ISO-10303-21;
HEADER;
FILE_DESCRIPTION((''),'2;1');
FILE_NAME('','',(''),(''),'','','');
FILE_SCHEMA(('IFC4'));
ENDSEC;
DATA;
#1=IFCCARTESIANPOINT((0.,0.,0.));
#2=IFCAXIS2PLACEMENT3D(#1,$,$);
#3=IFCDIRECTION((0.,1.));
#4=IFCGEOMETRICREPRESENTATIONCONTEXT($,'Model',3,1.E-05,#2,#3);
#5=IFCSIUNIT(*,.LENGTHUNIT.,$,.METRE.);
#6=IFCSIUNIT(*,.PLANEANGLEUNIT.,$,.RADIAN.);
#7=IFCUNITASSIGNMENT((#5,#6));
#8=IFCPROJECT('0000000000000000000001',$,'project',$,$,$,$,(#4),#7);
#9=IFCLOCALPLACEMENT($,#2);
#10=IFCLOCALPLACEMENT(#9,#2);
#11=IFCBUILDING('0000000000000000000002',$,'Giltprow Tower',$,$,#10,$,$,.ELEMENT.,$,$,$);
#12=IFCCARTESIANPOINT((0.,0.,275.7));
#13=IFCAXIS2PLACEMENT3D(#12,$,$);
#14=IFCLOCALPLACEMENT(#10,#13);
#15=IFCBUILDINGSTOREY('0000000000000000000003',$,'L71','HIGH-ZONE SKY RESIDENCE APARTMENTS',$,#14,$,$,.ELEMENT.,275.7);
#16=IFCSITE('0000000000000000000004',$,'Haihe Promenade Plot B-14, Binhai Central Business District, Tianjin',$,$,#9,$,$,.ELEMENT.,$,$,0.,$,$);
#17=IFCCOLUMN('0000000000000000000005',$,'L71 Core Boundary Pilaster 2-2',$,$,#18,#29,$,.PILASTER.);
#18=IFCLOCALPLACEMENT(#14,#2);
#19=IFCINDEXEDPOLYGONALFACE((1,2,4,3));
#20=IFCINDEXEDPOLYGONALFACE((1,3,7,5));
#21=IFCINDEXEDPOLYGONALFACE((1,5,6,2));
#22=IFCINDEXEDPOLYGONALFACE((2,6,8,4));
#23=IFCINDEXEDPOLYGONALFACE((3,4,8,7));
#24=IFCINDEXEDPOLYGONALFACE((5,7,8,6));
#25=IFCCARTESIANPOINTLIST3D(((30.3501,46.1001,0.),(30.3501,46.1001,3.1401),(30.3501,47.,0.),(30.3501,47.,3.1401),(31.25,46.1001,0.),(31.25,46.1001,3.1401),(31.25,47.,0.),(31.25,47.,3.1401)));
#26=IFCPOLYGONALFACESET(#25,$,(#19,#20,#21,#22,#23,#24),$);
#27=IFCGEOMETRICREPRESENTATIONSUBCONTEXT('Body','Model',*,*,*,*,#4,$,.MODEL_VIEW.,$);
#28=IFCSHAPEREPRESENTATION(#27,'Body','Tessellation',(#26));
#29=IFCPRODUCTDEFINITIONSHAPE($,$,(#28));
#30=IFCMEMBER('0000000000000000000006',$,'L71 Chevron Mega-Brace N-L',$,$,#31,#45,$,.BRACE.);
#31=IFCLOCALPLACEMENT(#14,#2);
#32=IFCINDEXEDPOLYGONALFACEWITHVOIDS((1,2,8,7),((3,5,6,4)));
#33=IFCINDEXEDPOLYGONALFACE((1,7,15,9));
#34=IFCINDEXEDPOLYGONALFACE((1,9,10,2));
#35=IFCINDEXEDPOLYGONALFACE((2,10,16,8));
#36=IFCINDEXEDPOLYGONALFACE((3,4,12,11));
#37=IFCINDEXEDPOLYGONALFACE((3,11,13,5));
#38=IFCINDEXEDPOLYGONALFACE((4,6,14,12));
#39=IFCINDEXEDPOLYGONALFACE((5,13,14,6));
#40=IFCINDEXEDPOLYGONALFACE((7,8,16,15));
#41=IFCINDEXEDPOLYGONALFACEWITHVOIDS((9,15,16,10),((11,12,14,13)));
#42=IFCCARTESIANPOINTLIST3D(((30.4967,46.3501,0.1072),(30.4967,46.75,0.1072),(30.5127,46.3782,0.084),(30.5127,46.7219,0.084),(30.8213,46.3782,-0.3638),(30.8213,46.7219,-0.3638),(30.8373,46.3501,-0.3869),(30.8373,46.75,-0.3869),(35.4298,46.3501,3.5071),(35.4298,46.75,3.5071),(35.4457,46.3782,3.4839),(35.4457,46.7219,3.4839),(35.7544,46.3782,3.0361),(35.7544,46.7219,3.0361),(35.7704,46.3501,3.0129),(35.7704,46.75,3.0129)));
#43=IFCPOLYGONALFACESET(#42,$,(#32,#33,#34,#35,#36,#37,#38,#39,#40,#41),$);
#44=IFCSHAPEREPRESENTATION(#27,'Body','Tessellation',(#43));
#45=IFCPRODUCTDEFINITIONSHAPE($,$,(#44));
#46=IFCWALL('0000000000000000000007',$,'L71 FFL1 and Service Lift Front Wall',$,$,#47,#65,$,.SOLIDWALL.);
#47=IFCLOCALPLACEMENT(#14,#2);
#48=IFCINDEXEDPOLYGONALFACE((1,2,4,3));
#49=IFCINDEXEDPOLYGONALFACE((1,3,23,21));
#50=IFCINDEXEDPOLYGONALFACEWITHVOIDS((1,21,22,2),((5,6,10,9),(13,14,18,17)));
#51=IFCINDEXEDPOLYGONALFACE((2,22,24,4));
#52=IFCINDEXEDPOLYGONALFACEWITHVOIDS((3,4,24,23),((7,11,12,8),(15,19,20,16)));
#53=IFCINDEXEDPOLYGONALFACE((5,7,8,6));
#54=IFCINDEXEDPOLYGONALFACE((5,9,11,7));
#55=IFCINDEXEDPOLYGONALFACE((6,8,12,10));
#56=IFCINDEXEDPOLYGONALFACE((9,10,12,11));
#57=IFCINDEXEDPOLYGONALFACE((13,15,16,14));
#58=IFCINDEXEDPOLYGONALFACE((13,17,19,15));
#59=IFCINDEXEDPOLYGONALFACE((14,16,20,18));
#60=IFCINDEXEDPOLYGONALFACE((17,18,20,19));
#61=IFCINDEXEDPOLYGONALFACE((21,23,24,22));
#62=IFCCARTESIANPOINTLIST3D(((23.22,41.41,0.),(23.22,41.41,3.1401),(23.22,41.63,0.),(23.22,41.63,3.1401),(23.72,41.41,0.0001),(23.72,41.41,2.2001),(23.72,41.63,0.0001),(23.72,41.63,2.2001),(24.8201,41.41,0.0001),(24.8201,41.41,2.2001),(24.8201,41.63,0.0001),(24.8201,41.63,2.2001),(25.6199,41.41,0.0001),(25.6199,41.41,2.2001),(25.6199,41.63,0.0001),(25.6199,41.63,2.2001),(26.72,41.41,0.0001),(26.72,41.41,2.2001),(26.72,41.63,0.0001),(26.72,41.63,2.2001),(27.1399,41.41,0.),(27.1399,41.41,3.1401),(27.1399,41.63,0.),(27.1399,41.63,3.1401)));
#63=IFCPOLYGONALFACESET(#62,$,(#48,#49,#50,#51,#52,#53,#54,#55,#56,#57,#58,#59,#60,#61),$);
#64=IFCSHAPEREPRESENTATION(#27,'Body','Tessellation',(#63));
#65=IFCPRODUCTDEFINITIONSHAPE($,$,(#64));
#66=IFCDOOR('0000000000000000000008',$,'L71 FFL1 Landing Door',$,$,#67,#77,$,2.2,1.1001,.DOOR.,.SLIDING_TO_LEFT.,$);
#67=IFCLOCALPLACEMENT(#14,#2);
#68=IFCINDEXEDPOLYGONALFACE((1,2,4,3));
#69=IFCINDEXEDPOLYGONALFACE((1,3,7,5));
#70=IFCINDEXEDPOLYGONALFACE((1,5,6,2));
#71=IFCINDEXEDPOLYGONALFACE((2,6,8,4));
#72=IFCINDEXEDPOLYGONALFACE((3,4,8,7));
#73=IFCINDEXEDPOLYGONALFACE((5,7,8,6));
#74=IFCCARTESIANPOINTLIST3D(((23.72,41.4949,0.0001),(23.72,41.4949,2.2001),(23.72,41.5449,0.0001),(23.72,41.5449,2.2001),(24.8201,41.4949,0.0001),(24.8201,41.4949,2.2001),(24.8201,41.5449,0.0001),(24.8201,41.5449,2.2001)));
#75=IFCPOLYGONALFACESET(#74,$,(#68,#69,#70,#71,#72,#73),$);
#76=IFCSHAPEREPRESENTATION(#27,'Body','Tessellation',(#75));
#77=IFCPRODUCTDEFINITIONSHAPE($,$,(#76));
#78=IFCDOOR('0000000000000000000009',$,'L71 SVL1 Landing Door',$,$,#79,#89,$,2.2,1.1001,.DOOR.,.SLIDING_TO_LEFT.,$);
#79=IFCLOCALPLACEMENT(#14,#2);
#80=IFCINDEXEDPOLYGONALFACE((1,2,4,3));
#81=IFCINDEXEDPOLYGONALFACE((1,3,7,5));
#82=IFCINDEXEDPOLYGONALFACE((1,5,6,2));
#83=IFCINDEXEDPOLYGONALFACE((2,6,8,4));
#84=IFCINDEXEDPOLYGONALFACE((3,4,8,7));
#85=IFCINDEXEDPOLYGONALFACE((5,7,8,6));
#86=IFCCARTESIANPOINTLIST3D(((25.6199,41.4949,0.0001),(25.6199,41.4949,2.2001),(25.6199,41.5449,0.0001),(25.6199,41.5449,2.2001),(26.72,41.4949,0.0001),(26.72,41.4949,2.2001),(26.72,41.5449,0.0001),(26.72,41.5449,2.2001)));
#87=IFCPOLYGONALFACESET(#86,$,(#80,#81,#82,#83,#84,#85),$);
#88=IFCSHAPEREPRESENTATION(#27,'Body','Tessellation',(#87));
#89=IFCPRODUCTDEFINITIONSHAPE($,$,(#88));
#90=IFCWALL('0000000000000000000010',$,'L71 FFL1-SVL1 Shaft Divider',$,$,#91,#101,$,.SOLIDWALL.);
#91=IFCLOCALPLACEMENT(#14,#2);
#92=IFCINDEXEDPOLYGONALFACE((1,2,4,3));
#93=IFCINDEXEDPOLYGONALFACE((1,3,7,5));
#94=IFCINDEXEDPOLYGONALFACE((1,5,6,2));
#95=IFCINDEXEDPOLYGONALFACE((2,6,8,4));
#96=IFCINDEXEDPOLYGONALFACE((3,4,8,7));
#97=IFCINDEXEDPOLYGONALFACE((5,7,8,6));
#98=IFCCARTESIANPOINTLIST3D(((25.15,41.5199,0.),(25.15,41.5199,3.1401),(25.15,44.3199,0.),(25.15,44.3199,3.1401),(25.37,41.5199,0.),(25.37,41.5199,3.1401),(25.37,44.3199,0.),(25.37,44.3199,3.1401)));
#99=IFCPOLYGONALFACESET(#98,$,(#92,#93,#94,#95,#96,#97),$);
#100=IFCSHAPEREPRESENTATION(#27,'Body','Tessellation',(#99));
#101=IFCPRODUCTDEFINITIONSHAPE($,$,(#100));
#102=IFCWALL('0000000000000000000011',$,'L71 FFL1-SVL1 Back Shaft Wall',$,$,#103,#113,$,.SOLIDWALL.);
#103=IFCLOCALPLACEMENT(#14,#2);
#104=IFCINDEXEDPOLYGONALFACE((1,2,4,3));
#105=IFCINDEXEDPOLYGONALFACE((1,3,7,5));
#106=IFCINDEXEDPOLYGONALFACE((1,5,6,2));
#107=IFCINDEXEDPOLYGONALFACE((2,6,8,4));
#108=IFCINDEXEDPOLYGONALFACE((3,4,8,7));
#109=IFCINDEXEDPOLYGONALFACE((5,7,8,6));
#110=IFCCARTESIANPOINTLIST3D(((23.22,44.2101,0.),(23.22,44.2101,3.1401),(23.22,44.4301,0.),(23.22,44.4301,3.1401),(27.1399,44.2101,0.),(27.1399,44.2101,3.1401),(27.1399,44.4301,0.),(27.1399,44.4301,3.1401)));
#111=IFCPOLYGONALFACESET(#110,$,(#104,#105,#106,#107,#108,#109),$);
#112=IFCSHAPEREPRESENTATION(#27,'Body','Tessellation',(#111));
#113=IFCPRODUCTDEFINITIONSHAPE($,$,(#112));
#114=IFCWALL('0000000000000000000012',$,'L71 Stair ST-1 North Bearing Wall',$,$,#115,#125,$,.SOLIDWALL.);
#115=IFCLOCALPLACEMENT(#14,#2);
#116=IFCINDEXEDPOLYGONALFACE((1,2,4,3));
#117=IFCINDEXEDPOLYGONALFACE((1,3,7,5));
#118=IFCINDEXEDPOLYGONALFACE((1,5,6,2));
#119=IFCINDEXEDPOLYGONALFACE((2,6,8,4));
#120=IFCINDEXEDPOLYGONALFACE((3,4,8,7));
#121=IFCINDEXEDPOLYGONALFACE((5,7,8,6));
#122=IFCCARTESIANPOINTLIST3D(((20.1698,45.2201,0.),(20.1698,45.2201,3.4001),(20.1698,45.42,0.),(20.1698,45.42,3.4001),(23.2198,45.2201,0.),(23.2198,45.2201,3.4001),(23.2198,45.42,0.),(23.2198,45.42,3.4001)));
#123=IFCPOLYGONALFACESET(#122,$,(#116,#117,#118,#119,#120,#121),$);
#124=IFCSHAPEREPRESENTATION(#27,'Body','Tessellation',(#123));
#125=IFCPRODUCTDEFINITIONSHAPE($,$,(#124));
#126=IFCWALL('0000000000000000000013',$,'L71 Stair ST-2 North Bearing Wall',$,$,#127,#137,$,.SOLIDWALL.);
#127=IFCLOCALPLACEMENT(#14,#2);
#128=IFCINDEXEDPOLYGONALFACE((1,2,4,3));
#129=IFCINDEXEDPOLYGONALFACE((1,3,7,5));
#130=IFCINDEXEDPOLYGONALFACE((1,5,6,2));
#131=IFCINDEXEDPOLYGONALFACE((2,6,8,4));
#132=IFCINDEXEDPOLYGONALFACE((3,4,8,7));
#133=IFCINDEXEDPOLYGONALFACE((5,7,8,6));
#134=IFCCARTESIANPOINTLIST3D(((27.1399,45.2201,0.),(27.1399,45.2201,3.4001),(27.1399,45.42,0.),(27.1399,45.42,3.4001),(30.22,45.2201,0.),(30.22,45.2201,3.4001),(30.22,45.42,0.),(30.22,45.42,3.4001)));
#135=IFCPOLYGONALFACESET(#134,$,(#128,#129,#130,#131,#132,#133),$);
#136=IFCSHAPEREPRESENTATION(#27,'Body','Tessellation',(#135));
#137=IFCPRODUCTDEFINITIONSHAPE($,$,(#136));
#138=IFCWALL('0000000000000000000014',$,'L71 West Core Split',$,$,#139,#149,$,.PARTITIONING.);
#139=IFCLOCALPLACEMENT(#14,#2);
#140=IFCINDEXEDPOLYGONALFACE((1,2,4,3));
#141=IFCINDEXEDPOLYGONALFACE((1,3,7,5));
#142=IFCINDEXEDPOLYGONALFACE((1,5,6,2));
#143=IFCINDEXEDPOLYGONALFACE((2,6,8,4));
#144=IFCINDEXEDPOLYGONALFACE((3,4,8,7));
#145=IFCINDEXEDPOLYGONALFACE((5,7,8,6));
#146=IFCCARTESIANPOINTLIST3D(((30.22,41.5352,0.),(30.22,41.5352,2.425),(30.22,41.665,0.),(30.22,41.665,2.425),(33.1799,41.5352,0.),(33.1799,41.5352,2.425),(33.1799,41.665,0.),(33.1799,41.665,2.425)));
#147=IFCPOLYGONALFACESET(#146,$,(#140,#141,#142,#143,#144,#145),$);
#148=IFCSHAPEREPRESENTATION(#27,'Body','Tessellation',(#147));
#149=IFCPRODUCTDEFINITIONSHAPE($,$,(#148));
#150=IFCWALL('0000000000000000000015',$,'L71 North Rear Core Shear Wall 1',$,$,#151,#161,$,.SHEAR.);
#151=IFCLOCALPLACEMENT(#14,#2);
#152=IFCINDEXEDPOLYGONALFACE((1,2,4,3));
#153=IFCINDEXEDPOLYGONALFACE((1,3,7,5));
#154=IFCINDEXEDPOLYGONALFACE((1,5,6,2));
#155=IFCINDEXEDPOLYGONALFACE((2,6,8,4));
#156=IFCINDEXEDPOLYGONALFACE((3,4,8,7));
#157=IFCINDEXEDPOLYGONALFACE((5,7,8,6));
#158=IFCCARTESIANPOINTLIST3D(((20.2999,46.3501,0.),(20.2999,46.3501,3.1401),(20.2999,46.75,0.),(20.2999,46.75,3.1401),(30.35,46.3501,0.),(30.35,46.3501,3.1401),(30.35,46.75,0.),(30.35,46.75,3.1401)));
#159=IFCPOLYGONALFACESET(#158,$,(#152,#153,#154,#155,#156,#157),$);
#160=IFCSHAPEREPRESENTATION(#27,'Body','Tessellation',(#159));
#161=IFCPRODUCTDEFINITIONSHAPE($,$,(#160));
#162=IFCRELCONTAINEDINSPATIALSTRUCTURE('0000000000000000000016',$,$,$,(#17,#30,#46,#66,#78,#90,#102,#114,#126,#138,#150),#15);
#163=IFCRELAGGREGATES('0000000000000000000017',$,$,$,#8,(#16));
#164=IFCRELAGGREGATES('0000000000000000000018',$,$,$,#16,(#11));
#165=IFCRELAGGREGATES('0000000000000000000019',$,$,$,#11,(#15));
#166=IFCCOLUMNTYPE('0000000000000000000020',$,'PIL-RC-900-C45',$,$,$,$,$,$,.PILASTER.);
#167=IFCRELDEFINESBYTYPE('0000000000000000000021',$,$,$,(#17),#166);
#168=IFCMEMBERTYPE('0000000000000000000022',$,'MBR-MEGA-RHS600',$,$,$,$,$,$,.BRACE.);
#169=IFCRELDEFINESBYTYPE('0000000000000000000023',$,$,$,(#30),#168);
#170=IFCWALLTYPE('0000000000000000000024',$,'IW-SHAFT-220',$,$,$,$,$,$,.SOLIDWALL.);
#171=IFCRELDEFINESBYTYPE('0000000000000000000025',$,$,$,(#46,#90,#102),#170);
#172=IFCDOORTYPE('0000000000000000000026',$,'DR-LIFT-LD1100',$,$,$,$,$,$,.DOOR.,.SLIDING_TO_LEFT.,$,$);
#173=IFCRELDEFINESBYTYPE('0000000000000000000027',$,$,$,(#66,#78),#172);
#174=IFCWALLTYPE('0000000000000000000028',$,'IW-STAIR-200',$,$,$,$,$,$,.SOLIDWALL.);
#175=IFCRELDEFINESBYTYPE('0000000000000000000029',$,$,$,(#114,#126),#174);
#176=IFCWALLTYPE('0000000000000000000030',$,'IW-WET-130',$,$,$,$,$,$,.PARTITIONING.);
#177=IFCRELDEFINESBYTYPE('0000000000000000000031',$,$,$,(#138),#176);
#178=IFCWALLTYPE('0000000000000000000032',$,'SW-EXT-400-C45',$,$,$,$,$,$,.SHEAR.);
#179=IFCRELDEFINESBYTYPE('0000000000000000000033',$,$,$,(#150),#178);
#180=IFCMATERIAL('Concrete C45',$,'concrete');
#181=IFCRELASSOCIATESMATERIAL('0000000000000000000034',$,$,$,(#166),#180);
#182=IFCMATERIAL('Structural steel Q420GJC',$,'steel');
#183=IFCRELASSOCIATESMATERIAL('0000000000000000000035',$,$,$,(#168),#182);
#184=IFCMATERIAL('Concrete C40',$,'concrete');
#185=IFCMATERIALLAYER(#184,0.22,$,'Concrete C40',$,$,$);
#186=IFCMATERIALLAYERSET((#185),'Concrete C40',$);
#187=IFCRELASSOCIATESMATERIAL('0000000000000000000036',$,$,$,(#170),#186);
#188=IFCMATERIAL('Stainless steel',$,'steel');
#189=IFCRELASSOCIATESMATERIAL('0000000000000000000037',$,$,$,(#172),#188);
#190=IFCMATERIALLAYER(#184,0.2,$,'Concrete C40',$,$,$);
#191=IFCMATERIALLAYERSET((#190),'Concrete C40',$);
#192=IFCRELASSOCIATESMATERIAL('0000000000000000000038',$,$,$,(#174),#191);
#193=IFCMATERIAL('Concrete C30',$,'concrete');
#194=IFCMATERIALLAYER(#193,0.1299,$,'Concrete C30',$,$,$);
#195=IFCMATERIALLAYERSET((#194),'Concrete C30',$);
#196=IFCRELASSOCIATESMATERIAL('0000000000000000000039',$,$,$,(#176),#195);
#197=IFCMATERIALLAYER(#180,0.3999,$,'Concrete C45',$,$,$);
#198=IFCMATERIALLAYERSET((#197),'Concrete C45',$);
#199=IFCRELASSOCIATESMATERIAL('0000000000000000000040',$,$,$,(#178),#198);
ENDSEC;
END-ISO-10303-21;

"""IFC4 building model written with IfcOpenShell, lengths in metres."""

from ifc_helpers import new_model, si_unit, direction, frame, frame_2d, origin, origin_2d, place, context, subcontext, project, spatial, rectangle, hollow_rectangle, extrude, source, transform, mapped, material, layer, layer_set, material_profile, profile_set, type_object, element, fill, save


model = new_model("IFC4")

# Units and contexts
model_context = context("Model", 3, precision=1e-05, world=origin(), true_north=direction((0.0, 1.0)))
body_context = subcontext(model_context, "Body", "Model", "MODEL_VIEW")
ifc_project = project(units=[si_unit("LENGTHUNIT", "METRE"), si_unit("PLANEANGLEUNIT", "RADIAN")], contexts=[model_context])

# Site, building, storey
site_placement = place(None, origin())
site = spatial("IfcSite", under=ifc_project, at=site_placement, Name="Haihe Promenade Plot B-14, Binhai Central Business District, Tianjin", CompositionType="ELEMENT", RefElevation=0.0)
building_placement = place(site_placement, origin())
building = spatial("IfcBuilding", under=site, at=building_placement, Name="Giltprow Tower", CompositionType="ELEMENT")
storey_placement = place(building_placement, frame((0.0, 0.0, 275.7)))
storey = spatial("IfcBuildingStorey", under=building, at=storey_placement, Name="L71", Description="HIGH-ZONE SKY RESIDENCE APARTMENTS", CompositionType="ELEMENT", Elevation=275.7)

# Column
ifc_material_1 = material(Name="Concrete C45", Category="concrete")
ifc_material_profile_1 = material_profile(ifc_material_1, rectangle(XDim=0.8999, YDim=0.8999, at=origin_2d()), Name="RC 900x900")
ifc_profile_set_1 = profile_set([ifc_material_profile_1], Name="Concrete C45")
column_type = type_object("IfcColumnType", Name="PIL-RC-900-C45", PredefinedType="PILASTER", material=ifc_profile_set_1)
shared_shape_1 = source(origin(), body_context, "Body", "SweptSolid", [
    extrude(rectangle(XDim=0.8999, YDim=0.8999, at=origin_2d()), origin(), (0.0, 0.0, 1.0), 3.1401),
])
column_placement = place(storey_placement, frame((30.8, 46.55, 0.0), z_axis=(0.0, 0.0, 1.0), x_axis=(1.0, 0.0, 0.0)))
element("IfcColumn", 1, at=column_placement, inside=storey, type_object=column_type, Name="L71 Core Boundary Pilaster 2-2", PredefinedType="PILASTER", context=body_context, shape_type="MappedRepresentation", body=[
    mapped(shared_shape_1, transform((0.0, 0.0, 0.0), x_axis=(1.0, 0.0, 0.0), y_axis=(0.0, 1.0, 0.0), z_axis=(0.0, 0.0, 1.0), scale=1.0)),
])

# Member
ifc_material_2 = material(Name="Structural steel Q420GJC", Category="steel")
ifc_material_profile_2 = material_profile(ifc_material_2, hollow_rectangle(XDim=0.3999, YDim=0.6001, WallThickness=0.0281, at=origin_2d()), Name="RHS 600x400x28")
ifc_profile_set_2 = profile_set([ifc_material_profile_2], Name="Structural steel Q420GJC")
member_type = type_object("IfcMemberType", Name="MBR-MEGA-RHS600", PredefinedType="BRACE", material=ifc_profile_set_2)
shared_shape_2 = source(origin(), body_context, "Body", "SweptSolid", [
    extrude(hollow_rectangle(XDim=0.3999, YDim=0.6001, WallThickness=0.0281, at=origin_2d()), origin(), (0.0, 0.0, 1.0), 5.9912),
])
member_placement = place(storey_placement, frame((30.667, 46.55, -0.1399), z_axis=(0.823387, 0.0, 0.56748), x_axis=(0.0, 1.0, 0.0)))
element("IfcMember", 2, at=member_placement, inside=storey, type_object=member_type, Name="L71 Chevron Mega-Brace N-L", PredefinedType="BRACE", context=body_context, shape_type="MappedRepresentation", body=[
    mapped(shared_shape_2, transform((0.0, 0.0, 0.0), x_axis=(1.0, 0.0, 0.0), y_axis=(0.0, 1.0, 0.0), z_axis=(0.0, 0.0, 1.0), scale=1.0)),
])

# Wall, openings, doors
ifc_material_3 = material(Name="Concrete C40", Category="concrete")
ifc_layer_1 = layer(ifc_material_3, 0.22, Name="Concrete C40")
ifc_layer_set_1 = layer_set([ifc_layer_1], Name="Concrete C40")
wall_type_1 = type_object("IfcWallType", Name="IW-SHAFT-220", PredefinedType="SOLIDWALL", material=ifc_layer_set_1)
wall_1_placement = place(storey_placement, frame((23.22, 41.52, 0.0), z_axis=(0.0, 0.0, 1.0), x_axis=(1.0, 0.0, 0.0)))
wall_1 = element("IfcWall", 3, at=wall_1_placement, inside=storey, type_object=wall_type_1, Name="L71 FFL1 and Service Lift Front Wall", PredefinedType="SOLIDWALL", context=body_context, shape_type="SweptSolid", body=[
    extrude(rectangle(XDim=3.9199, YDim=0.22, at=frame_2d((1.96, 0.0))), origin(), (0.0, 0.0, 1.0), 3.1401),
])
opening_1_placement = place(wall_1_placement, frame((0.5, 0.0, 0.0)))
opening_1 = element("IfcOpeningElement", 4, at=opening_1_placement, cuts=wall_1, PredefinedType="OPENING", context=body_context, shape_type="SweptSolid", body=[
    extrude(rectangle(XDim=1.1001, YDim=2.2, at=frame_2d((0.55, 1.1001))), frame((0.0, 0.1199, 0.0), z_axis=(0.0, -1.0, 0.0), x_axis=(1.0, 0.0, 0.0)), (0.0, 0.0, 1.0), 0.24),
])
opening_2_placement = place(wall_1_placement, frame((2.3999, 0.0, 0.0)))
opening_2 = element("IfcOpeningElement", 5, at=opening_2_placement, cuts=wall_1, PredefinedType="OPENING", context=body_context, shape_type="SweptSolid", body=[
    extrude(rectangle(XDim=1.1001, YDim=2.2, at=frame_2d((0.55, 1.1001))), frame((0.0, 0.1199, 0.0), z_axis=(0.0, -1.0, 0.0), x_axis=(1.0, 0.0, 0.0)), (0.0, 0.0, 1.0), 0.24),
])
ifc_material_4 = material(Name="Stainless steel", Category="steel")
door_type = type_object("IfcDoorType", Name="DR-LIFT-LD1100", OperationType="SLIDING_TO_LEFT", PredefinedType="DOOR", material=ifc_material_4)
shared_shape_3 = source(origin(), body_context, "Body", "SweptSolid", [
    extrude(rectangle(XDim=1.1001, YDim=2.2, at=frame_2d((0.55, 1.1001))), frame((0.0, 0.0249, 0.0), z_axis=(0.0, -1.0, 0.0), x_axis=(1.0, 0.0, 0.0)), (0.0, 0.0, 1.0), 0.05),
])
door_1_placement = place(opening_1_placement, origin())
door_1 = element("IfcDoor", 6, at=door_1_placement, inside=storey, type_object=door_type, Name="L71 FFL1 Landing Door", OperationType="SLIDING_TO_LEFT", OverallHeight=2.2, OverallWidth=1.1001, PredefinedType="DOOR", context=body_context, shape_type="MappedRepresentation", body=[
    mapped(shared_shape_3, transform((0.0, 0.0, 0.0), x_axis=(1.0, 0.0, 0.0), y_axis=(0.0, 1.0, 0.0), z_axis=(0.0, 0.0, 1.0), scale=1.0)),
])
fill(opening_1, door_1)
door_2_placement = place(opening_2_placement, origin())
door_2 = element("IfcDoor", 7, at=door_2_placement, inside=storey, type_object=door_type, Name="L71 SVL1 Landing Door", OperationType="SLIDING_TO_LEFT", OverallHeight=2.2, OverallWidth=1.1001, PredefinedType="DOOR", context=body_context, shape_type="MappedRepresentation", body=[
    mapped(shared_shape_3, transform((0.0, 0.0, 0.0), x_axis=(1.0, 0.0, 0.0), y_axis=(0.0, 1.0, 0.0), z_axis=(0.0, 0.0, 1.0), scale=1.0)),
])
fill(opening_2, door_2)

# Walls
wall_2_placement = place(storey_placement, frame((25.26, 41.52, 0.0), z_axis=(0.0, 0.0, 1.0), x_axis=(0.0, 1.0, 0.0)))
element("IfcWall", 8, at=wall_2_placement, inside=storey, type_object=wall_type_1, Name="L71 FFL1-SVL1 Shaft Divider", PredefinedType="SOLIDWALL", context=body_context, shape_type="SweptSolid", body=[
    extrude(rectangle(XDim=2.8, YDim=0.22, at=frame_2d((1.3999, 0.0))), origin(), (0.0, 0.0, 1.0), 3.1401),
])
wall_3_placement = place(storey_placement, frame((23.22, 44.3201, 0.0), z_axis=(0.0, 0.0, 1.0), x_axis=(1.0, 0.0, 0.0)))
element("IfcWall", 9, at=wall_3_placement, inside=storey, type_object=wall_type_1, Name="L71 FFL1-SVL1 Back Shaft Wall", PredefinedType="SOLIDWALL", context=body_context, shape_type="SweptSolid", body=[
    extrude(rectangle(XDim=3.9199, YDim=0.22, at=frame_2d((1.96, 0.0))), origin(), (0.0, 0.0, 1.0), 3.1401),
])
ifc_layer_2 = layer(ifc_material_3, 0.2, Name="Concrete C40")
ifc_layer_set_2 = layer_set([ifc_layer_2], Name="Concrete C40")
wall_type_2 = type_object("IfcWallType", Name="IW-STAIR-200", PredefinedType="SOLIDWALL", material=ifc_layer_set_2)
wall_4_placement = place(storey_placement, frame((20.1699, 45.3201, 0.0), z_axis=(0.0, 0.0, 1.0), x_axis=(1.0, 0.0, 0.0)))
element("IfcWall", 10, at=wall_4_placement, inside=storey, type_object=wall_type_2, Name="L71 Stair ST-1 North Bearing Wall", PredefinedType="SOLIDWALL", context=body_context, shape_type="SweptSolid", body=[
    extrude(rectangle(XDim=3.05, YDim=0.2, at=frame_2d((1.5249, 0.0))), origin(), (0.0, 0.0, 1.0), 3.4001),
])
wall_5_placement = place(storey_placement, frame((27.1399, 45.3201, 0.0), z_axis=(0.0, 0.0, 1.0), x_axis=(1.0, 0.0, 0.0)))
element("IfcWall", 11, at=wall_5_placement, inside=storey, type_object=wall_type_2, Name="L71 Stair ST-2 North Bearing Wall", PredefinedType="SOLIDWALL", context=body_context, shape_type="SweptSolid", body=[
    extrude(rectangle(XDim=3.0801, YDim=0.2, at=frame_2d((1.54, 0.0))), origin(), (0.0, 0.0, 1.0), 3.4001),
])
ifc_material_5 = material(Name="Concrete C30", Category="concrete")
ifc_layer_3 = layer(ifc_material_5, 0.1299, Name="Concrete C30")
ifc_layer_set_3 = layer_set([ifc_layer_3], Name="Concrete C30")
wall_type_3 = type_object("IfcWallType", Name="IW-WET-130", PredefinedType="PARTITIONING", material=ifc_layer_set_3)
wall_6_placement = place(storey_placement, frame((30.22, 41.6001, 0.0), z_axis=(0.0, 0.0, 1.0), x_axis=(1.0, 0.0, 0.0)))
element("IfcWall", 12, at=wall_6_placement, inside=storey, type_object=wall_type_3, Name="L71 West Core Split", PredefinedType="PARTITIONING", context=body_context, shape_type="SweptSolid", body=[
    extrude(rectangle(XDim=2.96, YDim=0.1299, at=frame_2d((1.48, 0.0))), origin(), (0.0, 0.0, 1.0), 2.425),
])
ifc_layer_4 = layer(ifc_material_1, 0.3999, Name="Concrete C45")
ifc_layer_set_4 = layer_set([ifc_layer_4], Name="Concrete C45")
wall_type_4 = type_object("IfcWallType", Name="SW-EXT-400-C45", PredefinedType="SHEAR", material=ifc_layer_set_4)
wall_7_placement = place(storey_placement, frame((20.3, 46.55, 0.0), z_axis=(0.0, 0.0, 1.0), x_axis=(1.0, 0.0, 0.0)))
element("IfcWall", 13, at=wall_7_placement, inside=storey, type_object=wall_type_4, Name="L71 North Rear Core Shear Wall 1", PredefinedType="SHEAR", context=body_context, shape_type="SweptSolid", body=[
    extrude(rectangle(XDim=10.05, YDim=0.3999, at=frame_2d((5.0249, 0.0))), origin(), (0.0, 0.0, 1.0), 3.1401),
])

save(model, "model.ifc")
